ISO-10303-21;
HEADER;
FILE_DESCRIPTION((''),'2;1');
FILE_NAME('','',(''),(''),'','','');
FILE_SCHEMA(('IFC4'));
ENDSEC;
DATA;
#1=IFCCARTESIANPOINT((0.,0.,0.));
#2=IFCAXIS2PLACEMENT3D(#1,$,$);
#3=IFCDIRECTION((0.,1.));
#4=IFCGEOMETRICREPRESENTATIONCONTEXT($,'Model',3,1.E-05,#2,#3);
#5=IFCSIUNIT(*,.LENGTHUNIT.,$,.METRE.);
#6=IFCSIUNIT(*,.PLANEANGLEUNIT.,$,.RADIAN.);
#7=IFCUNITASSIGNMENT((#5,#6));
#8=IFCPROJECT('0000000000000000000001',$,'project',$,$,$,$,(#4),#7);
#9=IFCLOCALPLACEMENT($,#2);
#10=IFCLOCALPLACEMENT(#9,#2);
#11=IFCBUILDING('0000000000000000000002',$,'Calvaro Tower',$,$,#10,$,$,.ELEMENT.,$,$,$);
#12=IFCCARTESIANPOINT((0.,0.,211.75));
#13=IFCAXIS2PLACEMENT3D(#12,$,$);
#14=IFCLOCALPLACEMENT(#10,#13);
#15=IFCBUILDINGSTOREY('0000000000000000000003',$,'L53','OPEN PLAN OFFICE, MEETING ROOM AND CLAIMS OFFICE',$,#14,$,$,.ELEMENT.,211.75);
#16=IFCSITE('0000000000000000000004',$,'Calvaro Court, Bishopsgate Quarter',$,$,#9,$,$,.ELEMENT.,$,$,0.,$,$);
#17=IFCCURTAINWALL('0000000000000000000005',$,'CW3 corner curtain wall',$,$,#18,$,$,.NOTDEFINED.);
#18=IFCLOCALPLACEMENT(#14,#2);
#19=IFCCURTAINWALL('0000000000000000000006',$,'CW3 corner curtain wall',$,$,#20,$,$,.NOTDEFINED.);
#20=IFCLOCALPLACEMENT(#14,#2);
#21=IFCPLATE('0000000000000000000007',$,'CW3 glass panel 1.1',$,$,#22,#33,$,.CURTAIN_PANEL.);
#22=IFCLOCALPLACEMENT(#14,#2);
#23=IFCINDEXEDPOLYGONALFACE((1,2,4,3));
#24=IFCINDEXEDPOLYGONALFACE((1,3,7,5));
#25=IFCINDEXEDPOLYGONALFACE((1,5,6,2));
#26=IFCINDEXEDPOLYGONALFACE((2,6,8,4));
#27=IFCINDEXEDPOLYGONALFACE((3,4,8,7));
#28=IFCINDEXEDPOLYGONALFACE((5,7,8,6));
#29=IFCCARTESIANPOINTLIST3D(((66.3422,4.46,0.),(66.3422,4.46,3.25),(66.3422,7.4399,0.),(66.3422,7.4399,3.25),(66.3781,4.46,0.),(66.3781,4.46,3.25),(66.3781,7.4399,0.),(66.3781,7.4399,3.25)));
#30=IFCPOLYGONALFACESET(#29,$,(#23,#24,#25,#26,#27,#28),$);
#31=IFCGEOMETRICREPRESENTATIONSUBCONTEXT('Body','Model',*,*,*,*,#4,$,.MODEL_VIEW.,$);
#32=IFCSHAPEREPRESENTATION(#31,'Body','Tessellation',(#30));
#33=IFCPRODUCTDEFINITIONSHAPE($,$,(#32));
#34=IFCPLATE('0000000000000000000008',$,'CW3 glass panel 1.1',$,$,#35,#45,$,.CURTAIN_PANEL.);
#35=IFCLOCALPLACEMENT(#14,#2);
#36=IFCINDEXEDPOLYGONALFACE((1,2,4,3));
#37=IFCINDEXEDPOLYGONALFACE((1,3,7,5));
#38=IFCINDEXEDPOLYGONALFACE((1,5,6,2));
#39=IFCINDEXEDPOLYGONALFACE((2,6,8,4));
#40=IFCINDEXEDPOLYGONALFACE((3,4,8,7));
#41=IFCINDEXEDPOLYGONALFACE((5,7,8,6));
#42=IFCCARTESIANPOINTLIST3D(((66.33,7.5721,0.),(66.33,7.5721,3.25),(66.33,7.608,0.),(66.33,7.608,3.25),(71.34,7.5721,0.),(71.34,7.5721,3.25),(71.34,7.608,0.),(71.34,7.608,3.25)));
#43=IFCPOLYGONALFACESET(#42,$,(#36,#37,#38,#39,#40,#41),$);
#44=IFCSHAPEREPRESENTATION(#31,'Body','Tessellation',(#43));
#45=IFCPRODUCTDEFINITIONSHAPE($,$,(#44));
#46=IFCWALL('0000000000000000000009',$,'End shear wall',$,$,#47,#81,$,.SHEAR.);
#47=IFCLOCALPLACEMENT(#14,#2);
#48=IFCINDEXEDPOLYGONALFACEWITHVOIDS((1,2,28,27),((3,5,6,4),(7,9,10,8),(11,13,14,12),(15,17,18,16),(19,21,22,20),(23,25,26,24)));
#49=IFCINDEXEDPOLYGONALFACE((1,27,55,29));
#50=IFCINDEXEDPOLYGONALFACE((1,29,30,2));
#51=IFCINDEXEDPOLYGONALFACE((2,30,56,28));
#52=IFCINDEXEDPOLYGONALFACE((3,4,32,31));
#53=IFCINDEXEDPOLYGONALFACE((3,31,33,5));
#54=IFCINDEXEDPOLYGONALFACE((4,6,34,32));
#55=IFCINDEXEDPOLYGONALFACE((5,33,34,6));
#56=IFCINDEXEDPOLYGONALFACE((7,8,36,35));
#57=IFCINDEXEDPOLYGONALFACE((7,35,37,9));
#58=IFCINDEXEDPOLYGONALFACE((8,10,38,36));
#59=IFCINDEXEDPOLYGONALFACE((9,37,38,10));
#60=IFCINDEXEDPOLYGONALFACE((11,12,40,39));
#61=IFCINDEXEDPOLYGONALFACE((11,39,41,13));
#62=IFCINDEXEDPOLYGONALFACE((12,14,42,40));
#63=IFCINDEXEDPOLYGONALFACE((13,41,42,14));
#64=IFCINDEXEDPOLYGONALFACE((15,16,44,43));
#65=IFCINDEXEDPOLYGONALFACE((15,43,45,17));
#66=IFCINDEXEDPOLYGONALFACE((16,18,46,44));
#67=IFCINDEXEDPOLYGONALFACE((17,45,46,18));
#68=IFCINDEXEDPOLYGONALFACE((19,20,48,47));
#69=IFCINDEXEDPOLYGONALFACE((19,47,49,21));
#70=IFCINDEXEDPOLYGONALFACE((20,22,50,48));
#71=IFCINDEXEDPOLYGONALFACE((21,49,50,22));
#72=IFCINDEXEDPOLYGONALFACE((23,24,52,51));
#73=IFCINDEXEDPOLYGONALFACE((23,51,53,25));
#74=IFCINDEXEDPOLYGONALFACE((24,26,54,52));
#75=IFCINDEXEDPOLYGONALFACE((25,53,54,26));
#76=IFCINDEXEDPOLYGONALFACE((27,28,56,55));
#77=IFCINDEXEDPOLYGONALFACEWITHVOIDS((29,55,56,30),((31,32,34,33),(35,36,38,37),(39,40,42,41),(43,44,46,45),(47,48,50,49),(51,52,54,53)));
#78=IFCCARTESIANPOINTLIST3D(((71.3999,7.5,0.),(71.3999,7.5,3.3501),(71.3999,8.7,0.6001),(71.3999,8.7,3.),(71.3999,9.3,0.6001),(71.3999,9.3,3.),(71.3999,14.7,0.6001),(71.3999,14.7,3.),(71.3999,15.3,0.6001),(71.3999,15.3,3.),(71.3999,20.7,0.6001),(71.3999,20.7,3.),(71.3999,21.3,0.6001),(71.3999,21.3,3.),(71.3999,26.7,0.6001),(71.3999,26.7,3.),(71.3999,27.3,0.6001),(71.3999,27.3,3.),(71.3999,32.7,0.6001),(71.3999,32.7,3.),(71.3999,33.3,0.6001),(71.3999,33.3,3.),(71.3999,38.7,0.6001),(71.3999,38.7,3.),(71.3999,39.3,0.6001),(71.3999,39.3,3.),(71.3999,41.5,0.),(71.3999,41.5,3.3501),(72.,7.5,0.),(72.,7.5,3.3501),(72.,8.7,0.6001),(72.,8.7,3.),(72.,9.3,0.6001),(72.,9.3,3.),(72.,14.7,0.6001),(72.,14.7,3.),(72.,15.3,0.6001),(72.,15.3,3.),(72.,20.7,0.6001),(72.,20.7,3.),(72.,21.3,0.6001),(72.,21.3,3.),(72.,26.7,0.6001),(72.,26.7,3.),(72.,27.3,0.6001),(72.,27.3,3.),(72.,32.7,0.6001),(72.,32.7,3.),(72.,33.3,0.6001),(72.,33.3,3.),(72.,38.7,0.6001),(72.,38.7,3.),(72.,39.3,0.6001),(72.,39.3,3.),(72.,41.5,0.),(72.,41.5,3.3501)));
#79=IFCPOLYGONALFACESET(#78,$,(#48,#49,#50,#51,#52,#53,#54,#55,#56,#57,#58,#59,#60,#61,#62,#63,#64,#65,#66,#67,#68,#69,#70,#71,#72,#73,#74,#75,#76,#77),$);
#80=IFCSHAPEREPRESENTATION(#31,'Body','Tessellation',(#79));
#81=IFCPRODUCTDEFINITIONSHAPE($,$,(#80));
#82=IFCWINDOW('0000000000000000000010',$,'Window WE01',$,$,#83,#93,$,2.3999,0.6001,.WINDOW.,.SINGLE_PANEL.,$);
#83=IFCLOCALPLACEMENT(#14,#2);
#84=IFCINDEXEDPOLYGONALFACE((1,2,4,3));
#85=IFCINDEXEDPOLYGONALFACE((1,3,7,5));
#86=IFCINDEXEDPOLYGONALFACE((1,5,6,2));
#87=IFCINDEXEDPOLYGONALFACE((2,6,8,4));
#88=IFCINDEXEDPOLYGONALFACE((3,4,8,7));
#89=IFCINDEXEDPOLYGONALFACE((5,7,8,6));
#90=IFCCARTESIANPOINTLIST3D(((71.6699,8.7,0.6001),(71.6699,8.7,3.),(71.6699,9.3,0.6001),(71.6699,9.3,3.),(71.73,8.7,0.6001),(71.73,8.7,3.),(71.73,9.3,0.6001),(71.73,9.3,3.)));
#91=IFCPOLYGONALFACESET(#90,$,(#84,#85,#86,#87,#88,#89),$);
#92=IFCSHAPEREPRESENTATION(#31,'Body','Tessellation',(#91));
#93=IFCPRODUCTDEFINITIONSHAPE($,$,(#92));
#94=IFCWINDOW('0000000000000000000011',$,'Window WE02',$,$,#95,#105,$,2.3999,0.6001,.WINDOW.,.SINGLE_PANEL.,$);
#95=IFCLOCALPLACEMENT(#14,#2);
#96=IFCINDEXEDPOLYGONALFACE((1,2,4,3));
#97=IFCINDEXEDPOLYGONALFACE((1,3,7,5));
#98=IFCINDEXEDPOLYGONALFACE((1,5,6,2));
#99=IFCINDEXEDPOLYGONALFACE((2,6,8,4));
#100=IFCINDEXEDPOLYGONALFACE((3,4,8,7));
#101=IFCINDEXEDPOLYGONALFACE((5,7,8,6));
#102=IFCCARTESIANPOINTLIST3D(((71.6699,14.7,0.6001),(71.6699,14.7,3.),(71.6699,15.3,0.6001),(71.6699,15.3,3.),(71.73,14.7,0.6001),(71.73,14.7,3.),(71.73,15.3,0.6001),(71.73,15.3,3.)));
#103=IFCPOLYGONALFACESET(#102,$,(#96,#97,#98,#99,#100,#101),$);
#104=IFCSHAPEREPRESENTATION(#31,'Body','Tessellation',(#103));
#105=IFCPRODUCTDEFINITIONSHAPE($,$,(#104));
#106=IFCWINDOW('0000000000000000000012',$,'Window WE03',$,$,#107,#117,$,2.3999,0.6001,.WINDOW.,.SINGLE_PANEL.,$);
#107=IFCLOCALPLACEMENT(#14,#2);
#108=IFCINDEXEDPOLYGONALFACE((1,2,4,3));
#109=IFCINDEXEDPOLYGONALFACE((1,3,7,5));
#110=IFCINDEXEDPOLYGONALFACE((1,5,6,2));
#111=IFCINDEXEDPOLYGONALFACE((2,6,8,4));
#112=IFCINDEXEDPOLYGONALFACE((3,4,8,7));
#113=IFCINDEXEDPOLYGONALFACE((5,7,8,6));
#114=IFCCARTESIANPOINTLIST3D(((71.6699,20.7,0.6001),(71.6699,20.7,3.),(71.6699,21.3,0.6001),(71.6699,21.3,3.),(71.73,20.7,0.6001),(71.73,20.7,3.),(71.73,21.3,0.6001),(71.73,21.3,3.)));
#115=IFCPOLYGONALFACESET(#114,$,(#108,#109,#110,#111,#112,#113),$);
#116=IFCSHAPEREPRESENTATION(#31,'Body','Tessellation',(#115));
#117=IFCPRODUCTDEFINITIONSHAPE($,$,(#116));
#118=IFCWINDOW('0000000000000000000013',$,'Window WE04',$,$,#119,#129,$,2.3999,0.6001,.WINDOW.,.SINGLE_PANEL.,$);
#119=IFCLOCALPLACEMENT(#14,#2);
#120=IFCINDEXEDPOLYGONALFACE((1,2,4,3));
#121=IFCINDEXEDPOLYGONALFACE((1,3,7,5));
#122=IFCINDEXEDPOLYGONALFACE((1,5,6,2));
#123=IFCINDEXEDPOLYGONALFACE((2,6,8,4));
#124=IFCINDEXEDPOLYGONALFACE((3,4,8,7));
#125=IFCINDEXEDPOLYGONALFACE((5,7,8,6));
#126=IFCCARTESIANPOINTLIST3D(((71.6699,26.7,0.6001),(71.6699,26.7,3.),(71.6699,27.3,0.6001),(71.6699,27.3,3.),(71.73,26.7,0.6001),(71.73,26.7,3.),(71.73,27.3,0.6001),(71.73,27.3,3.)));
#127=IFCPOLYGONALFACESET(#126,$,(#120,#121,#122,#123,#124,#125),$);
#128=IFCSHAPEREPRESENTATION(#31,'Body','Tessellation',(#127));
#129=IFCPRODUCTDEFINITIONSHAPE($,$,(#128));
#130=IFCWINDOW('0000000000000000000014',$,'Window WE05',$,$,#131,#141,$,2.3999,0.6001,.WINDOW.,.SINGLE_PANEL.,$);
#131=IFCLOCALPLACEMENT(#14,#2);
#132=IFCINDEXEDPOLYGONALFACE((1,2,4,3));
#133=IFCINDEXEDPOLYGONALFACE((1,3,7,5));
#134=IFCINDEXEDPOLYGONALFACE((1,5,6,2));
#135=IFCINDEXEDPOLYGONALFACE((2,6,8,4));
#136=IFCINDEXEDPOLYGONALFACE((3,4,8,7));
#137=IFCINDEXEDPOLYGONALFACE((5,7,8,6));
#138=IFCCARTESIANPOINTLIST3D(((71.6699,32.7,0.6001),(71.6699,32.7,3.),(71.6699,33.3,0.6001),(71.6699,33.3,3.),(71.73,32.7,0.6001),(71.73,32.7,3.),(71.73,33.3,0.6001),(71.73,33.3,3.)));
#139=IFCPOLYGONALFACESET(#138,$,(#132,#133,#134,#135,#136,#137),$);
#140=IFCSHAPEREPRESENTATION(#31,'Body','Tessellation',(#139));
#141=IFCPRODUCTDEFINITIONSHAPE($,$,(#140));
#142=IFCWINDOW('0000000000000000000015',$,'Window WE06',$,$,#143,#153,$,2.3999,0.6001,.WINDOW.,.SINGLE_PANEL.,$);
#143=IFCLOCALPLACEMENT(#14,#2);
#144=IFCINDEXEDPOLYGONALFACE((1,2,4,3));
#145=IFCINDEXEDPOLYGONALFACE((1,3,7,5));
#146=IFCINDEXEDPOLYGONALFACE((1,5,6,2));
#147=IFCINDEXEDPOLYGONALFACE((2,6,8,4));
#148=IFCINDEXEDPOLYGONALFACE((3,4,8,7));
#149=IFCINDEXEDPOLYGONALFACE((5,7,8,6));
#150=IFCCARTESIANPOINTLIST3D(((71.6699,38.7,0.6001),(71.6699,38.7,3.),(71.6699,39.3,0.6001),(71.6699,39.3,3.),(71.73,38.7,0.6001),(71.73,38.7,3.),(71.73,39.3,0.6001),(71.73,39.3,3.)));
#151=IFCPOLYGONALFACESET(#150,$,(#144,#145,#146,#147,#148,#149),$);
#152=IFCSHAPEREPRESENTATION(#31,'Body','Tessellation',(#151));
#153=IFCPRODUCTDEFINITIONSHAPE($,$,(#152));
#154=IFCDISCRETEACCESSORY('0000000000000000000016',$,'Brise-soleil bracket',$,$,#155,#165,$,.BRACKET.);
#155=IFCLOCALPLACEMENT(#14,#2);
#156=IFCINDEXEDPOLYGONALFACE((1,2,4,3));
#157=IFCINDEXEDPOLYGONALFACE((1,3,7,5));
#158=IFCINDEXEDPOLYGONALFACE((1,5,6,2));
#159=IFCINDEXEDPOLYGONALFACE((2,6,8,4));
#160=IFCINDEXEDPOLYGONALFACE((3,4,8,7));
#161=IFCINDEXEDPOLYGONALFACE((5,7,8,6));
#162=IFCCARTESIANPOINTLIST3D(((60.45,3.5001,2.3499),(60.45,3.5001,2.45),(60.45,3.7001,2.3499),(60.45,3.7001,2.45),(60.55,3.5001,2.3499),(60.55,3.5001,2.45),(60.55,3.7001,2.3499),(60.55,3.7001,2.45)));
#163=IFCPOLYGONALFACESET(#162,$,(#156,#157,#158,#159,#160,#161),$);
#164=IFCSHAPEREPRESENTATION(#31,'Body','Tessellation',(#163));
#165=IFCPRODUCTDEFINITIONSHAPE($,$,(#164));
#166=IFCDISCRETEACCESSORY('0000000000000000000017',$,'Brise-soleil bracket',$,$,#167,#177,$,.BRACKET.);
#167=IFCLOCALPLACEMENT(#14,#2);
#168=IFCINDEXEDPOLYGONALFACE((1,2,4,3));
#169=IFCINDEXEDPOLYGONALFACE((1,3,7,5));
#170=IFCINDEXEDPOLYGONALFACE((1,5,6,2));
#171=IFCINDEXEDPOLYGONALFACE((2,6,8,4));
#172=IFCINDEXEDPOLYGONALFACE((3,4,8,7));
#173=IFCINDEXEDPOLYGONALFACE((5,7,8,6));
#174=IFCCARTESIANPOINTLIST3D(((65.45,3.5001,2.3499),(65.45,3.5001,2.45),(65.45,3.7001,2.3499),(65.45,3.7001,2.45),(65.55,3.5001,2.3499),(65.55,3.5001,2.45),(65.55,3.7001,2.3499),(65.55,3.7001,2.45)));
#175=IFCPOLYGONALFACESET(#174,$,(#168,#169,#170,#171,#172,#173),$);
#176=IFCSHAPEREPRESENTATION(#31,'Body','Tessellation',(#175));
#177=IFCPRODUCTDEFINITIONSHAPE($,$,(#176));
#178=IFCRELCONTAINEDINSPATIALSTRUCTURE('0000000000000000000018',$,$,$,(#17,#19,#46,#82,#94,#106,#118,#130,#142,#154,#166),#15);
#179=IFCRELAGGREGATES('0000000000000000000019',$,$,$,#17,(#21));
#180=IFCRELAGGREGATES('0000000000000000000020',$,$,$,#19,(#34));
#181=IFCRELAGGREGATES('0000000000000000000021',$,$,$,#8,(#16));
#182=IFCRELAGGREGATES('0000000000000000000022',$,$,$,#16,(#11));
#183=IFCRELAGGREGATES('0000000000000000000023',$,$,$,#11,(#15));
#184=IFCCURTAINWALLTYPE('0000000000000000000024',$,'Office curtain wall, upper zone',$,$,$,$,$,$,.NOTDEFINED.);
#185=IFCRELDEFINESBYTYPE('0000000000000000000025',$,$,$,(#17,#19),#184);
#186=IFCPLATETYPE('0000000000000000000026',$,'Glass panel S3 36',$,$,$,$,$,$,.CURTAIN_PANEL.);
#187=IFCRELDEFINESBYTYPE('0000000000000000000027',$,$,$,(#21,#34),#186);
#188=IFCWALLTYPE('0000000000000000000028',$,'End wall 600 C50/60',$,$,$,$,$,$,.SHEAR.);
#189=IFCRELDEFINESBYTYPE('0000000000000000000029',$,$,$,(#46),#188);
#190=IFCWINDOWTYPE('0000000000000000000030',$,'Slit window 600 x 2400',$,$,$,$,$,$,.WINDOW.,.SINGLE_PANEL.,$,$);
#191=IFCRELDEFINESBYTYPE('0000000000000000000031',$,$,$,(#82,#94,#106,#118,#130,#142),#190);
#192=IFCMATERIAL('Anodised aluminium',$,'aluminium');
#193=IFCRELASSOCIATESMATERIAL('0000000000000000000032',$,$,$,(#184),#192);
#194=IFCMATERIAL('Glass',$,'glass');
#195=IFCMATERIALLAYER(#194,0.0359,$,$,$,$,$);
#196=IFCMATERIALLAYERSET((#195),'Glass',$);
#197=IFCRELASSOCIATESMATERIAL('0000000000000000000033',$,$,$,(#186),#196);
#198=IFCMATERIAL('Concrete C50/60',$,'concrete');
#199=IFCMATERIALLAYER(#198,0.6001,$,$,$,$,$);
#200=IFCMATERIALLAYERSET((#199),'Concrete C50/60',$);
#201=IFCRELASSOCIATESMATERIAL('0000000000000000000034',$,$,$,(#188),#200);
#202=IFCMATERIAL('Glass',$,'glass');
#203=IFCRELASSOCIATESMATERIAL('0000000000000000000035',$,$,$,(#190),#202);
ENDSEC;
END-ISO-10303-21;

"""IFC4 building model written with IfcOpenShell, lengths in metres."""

from ifc_helpers import new_model, si_unit, direction, frame, frame_2d, origin, origin_2d, place, context, subcontext, project, spatial, rectangle, extrude, material, layer, layer_set, type_object, element, fill, aggregate, save


model = new_model("IFC4")

# Units and contexts
model_context = context("Model", 3, precision=1e-05, world=origin(), true_north=direction((0.0, 1.0)))
body_context = subcontext(model_context, "Body", "Model", "MODEL_VIEW")
ifc_project = project(units=[si_unit("LENGTHUNIT", "METRE"), si_unit("PLANEANGLEUNIT", "RADIAN")], contexts=[model_context])

# Site, building, storey
site_placement = place(None, origin())
site = spatial("IfcSite", under=ifc_project, at=site_placement, Name="Calvaro Court, Bishopsgate Quarter", CompositionType="ELEMENT", RefElevation=0.0)
building_placement = place(site_placement, origin())
building = spatial("IfcBuilding", under=site, at=building_placement, Name="Calvaro Tower", CompositionType="ELEMENT")
storey_placement = place(building_placement, frame((0.0, 0.0, 211.75)))
storey = spatial("IfcBuildingStorey", under=building, at=storey_placement, Name="L53", Description="OPEN PLAN OFFICE, MEETING ROOM AND CLAIMS OFFICE", CompositionType="ELEMENT", Elevation=211.75)

# Curtain walls
ifc_material_1 = material(Name="Anodised aluminium", Category="aluminium")
curtain_wall_type = type_object("IfcCurtainWallType", Name="Office curtain wall, upper zone", PredefinedType="NOTDEFINED", material=ifc_material_1)
curtain_wall_1_placement = place(storey_placement, origin())
curtain_wall_1 = element("IfcCurtainWall", 1, at=curtain_wall_1_placement, inside=storey, type_object=curtain_wall_type, Name="CW3 corner curtain wall", PredefinedType="NOTDEFINED")
curtain_wall_2_placement = place(storey_placement, origin())
curtain_wall_2 = element("IfcCurtainWall", 2, at=curtain_wall_2_placement, inside=storey, type_object=curtain_wall_type, Name="CW3 corner curtain wall", PredefinedType="NOTDEFINED")

# Plates
ifc_material_2 = material(Name="Glass", Category="glass")
ifc_layer_1 = layer(ifc_material_2, 0.0359)
ifc_layer_set_1 = layer_set([ifc_layer_1], Name="Glass")
plate_type = type_object("IfcPlateType", Name="Glass panel S3 36", PredefinedType="CURTAIN_PANEL", material=ifc_layer_set_1)
plate_1_placement = place(storey_placement, frame((66.3601, 5.95, 0.0), z_axis=(0.0, 0.0, 1.0), x_axis=(0.0, 1.0, 0.0)))
plate_1 = element("IfcPlate", 3, at=plate_1_placement, type_object=plate_type, Name="CW3 glass panel 1.1", PredefinedType="CURTAIN_PANEL", context=body_context, shape_type="SweptSolid", body=[
    extrude(rectangle(XDim=2.98, YDim=0.0359, at=origin_2d()), origin(), (0.0, 0.0, 1.0), 3.25),
])
aggregate(curtain_wall_1, [plate_1])
plate_2_placement = place(storey_placement, frame((68.835, 7.5901, 0.0), z_axis=(0.0, 0.0, 1.0), x_axis=(1.0, 0.0, 0.0)))
plate_2 = element("IfcPlate", 4, at=plate_2_placement, type_object=plate_type, Name="CW3 glass panel 1.1", PredefinedType="CURTAIN_PANEL", context=body_context, shape_type="SweptSolid", body=[
    extrude(rectangle(XDim=5.01, YDim=0.0359, at=origin_2d()), origin(), (0.0, 0.0, 1.0), 3.25),
])
aggregate(curtain_wall_2, [plate_2])

# Wall, openings, windows
ifc_material_3 = material(Name="Concrete C50/60", Category="concrete")
ifc_layer_2 = layer(ifc_material_3, 0.6001)
ifc_layer_set_2 = layer_set([ifc_layer_2], Name="Concrete C50/60")
wall_type = type_object("IfcWallType", Name="End wall 600 C50/60", PredefinedType="SHEAR", material=ifc_layer_set_2)
wall_placement = place(storey_placement, frame((71.7, 7.5, 0.0), z_axis=(0.0, 0.0, 1.0), x_axis=(0.0, 1.0, 0.0)))
wall = element("IfcWall", 5, at=wall_placement, inside=storey, type_object=wall_type, Name="End shear wall", PredefinedType="SHEAR", context=body_context, shape_type="SweptSolid", body=[
    extrude(rectangle(XDim=34.0, YDim=0.6001, at=frame_2d((17.0, 0.0))), origin(), (0.0, 0.0, 1.0), 3.3501),
])
opening_1_placement = place(wall_placement, frame((1.2, 0.0, 0.6001)))
opening_1 = element("IfcOpeningElement", 6, at=opening_1_placement, cuts=wall, PredefinedType="OPENING", context=body_context, shape_type="SweptSolid", body=[
    extrude(rectangle(XDim=0.6001, YDim=2.3999, at=frame_2d((0.3, 1.2))), frame((0.0, 0.3101, 0.0), z_axis=(0.0, -1.0, 0.0), x_axis=(1.0, 0.0, 0.0)), (0.0, 0.0, 1.0), 0.6201),
])
opening_2_placement = place(wall_placement, frame((7.2, 0.0, 0.6001)))
opening_2 = element("IfcOpeningElement", 7, at=opening_2_placement, cuts=wall, PredefinedType="OPENING", context=body_context, shape_type="SweptSolid", body=[
    extrude(rectangle(XDim=0.6001, YDim=2.3999, at=frame_2d((0.3, 1.2))), frame((0.0, 0.3101, 0.0), z_axis=(0.0, -1.0, 0.0), x_axis=(1.0, 0.0, 0.0)), (0.0, 0.0, 1.0), 0.6201),
])
opening_3_placement = place(wall_placement, frame((13.2, 0.0, 0.6001)))
opening_3 = element("IfcOpeningElement", 8, at=opening_3_placement, cuts=wall, PredefinedType="OPENING", context=body_context, shape_type="SweptSolid", body=[
    extrude(rectangle(XDim=0.6001, YDim=2.3999, at=frame_2d((0.3, 1.2))), frame((0.0, 0.3101, 0.0), z_axis=(0.0, -1.0, 0.0), x_axis=(1.0, 0.0, 0.0)), (0.0, 0.0, 1.0), 0.6201),
])
opening_4_placement = place(wall_placement, frame((19.2, 0.0, 0.6001)))
opening_4 = element("IfcOpeningElement", 9, at=opening_4_placement, cuts=wall, PredefinedType="OPENING", context=body_context, shape_type="SweptSolid", body=[
    extrude(rectangle(XDim=0.6001, YDim=2.3999, at=frame_2d((0.3, 1.2))), frame((0.0, 0.3101, 0.0), z_axis=(0.0, -1.0, 0.0), x_axis=(1.0, 0.0, 0.0)), (0.0, 0.0, 1.0), 0.6201),
])
opening_5_placement = place(wall_placement, frame((25.2, 0.0, 0.6001)))
opening_5 = element("IfcOpeningElement", 10, at=opening_5_placement, cuts=wall, PredefinedType="OPENING", context=body_context, shape_type="SweptSolid", body=[
    extrude(rectangle(XDim=0.6001, YDim=2.3999, at=frame_2d((0.3, 1.2))), frame((0.0, 0.3101, 0.0), z_axis=(0.0, -1.0, 0.0), x_axis=(1.0, 0.0, 0.0)), (0.0, 0.0, 1.0), 0.6201),
])
opening_6_placement = place(wall_placement, frame((31.2, 0.0, 0.6001)))
opening_6 = element("IfcOpeningElement", 11, at=opening_6_placement, cuts=wall, PredefinedType="OPENING", context=body_context, shape_type="SweptSolid", body=[
    extrude(rectangle(XDim=0.6001, YDim=2.3999, at=frame_2d((0.3, 1.2))), frame((0.0, 0.3101, 0.0), z_axis=(0.0, -1.0, 0.0), x_axis=(1.0, 0.0, 0.0)), (0.0, 0.0, 1.0), 0.6201),
])
ifc_material_4 = material(Name="Glass", Category="glass")
window_type = type_object("IfcWindowType", Name="Slit window 600 x 2400", PartitioningType="SINGLE_PANEL", PredefinedType="WINDOW", material=ifc_material_4)
window_1_placement = place(opening_1_placement, origin())
window_1 = element("IfcWindow", 12, at=window_1_placement, inside=storey, type_object=window_type, Name="Window WE01", OverallHeight=2.3999, OverallWidth=0.6001, PartitioningType="SINGLE_PANEL", PredefinedType="WINDOW", context=body_context, shape_type="SweptSolid", body=[
    extrude(rectangle(XDim=0.6001, YDim=2.3999, at=frame_2d((0.3, 1.2))), frame((0.0, 0.03, 0.0), z_axis=(0.0, -1.0, 0.0), x_axis=(1.0, 0.0, 0.0)), (0.0, 0.0, 1.0), 0.0601),
])
fill(opening_1, window_1)
window_2_placement = place(opening_2_placement, origin())
window_2 = element("IfcWindow", 13, at=window_2_placement, inside=storey, type_object=window_type, Name="Window WE02", OverallHeight=2.3999, OverallWidth=0.6001, PartitioningType="SINGLE_PANEL", PredefinedType="WINDOW", context=body_context, shape_type="SweptSolid", body=[
    extrude(rectangle(XDim=0.6001, YDim=2.3999, at=frame_2d((0.3, 1.2))), frame((0.0, 0.03, 0.0), z_axis=(0.0, -1.0, 0.0), x_axis=(1.0, 0.0, 0.0)), (0.0, 0.0, 1.0), 0.0601),
])
fill(opening_2, window_2)
window_3_placement = place(opening_3_placement, origin())
window_3 = element("IfcWindow", 14, at=window_3_placement, inside=storey, type_object=window_type, Name="Window WE03", OverallHeight=2.3999, OverallWidth=0.6001, PartitioningType="SINGLE_PANEL", PredefinedType="WINDOW", context=body_context, shape_type="SweptSolid", body=[
    extrude(rectangle(XDim=0.6001, YDim=2.3999, at=frame_2d((0.3, 1.2))), frame((0.0, 0.03, 0.0), z_axis=(0.0, -1.0, 0.0), x_axis=(1.0, 0.0, 0.0)), (0.0, 0.0, 1.0), 0.0601),
])
fill(opening_3, window_3)
window_4_placement = place(opening_4_placement, origin())
window_4 = element("IfcWindow", 15, at=window_4_placement, inside=storey, type_object=window_type, Name="Window WE04", OverallHeight=2.3999, OverallWidth=0.6001, PartitioningType="SINGLE_PANEL", PredefinedType="WINDOW", context=body_context, shape_type="SweptSolid", body=[
    extrude(rectangle(XDim=0.6001, YDim=2.3999, at=frame_2d((0.3, 1.2))), frame((0.0, 0.03, 0.0), z_axis=(0.0, -1.0, 0.0), x_axis=(1.0, 0.0, 0.0)), (0.0, 0.0, 1.0), 0.0601),
])
fill(opening_4, window_4)
window_5_placement = place(opening_5_placement, origin())
window_5 = element("IfcWindow", 16, at=window_5_placement, inside=storey, type_object=window_type, Name="Window WE05", OverallHeight=2.3999, OverallWidth=0.6001, PartitioningType="SINGLE_PANEL", PredefinedType="WINDOW", context=body_context, shape_type="SweptSolid", body=[
    extrude(rectangle(XDim=0.6001, YDim=2.3999, at=frame_2d((0.3, 1.2))), frame((0.0, 0.03, 0.0), z_axis=(0.0, -1.0, 0.0), x_axis=(1.0, 0.0, 0.0)), (0.0, 0.0, 1.0), 0.0601),
])
fill(opening_5, window_5)
window_6_placement = place(opening_6_placement, origin())
window_6 = element("IfcWindow", 17, at=window_6_placement, inside=storey, type_object=window_type, Name="Window WE06", OverallHeight=2.3999, OverallWidth=0.6001, PartitioningType="SINGLE_PANEL", PredefinedType="WINDOW", context=body_context, shape_type="SweptSolid", body=[
    extrude(rectangle(XDim=0.6001, YDim=2.3999, at=frame_2d((0.3, 1.2))), frame((0.0, 0.03, 0.0), z_axis=(0.0, -1.0, 0.0), x_axis=(1.0, 0.0, 0.0)), (0.0, 0.0, 1.0), 0.0601),
])
fill(opening_6, window_6)

# Discrete accessories
for number, where, z_axis, x_axis, name in (
    (18, (60.5, 3.6001, 2.3499), (0.0, 0.0, 1.0), (1.0, 0.0, 0.0), "Brise-soleil bracket"),
    (19, (65.5, 3.6001, 2.3499), (0.0, 0.0, 1.0), (1.0, 0.0, 0.0), "Brise-soleil bracket"),
):
    element("IfcDiscreteAccessory", number, at=place(storey_placement, frame(where, z_axis=z_axis, x_axis=x_axis)), inside=storey, Name=name, PredefinedType="BRACKET", context=body_context, shape_type="SweptSolid", body=[
        extrude(rectangle(XDim=0.1001, YDim=0.2, at=origin_2d()), origin(), (0.0, 0.0, 1.0), 0.1001),
    ])

save(model, "model.ifc")
